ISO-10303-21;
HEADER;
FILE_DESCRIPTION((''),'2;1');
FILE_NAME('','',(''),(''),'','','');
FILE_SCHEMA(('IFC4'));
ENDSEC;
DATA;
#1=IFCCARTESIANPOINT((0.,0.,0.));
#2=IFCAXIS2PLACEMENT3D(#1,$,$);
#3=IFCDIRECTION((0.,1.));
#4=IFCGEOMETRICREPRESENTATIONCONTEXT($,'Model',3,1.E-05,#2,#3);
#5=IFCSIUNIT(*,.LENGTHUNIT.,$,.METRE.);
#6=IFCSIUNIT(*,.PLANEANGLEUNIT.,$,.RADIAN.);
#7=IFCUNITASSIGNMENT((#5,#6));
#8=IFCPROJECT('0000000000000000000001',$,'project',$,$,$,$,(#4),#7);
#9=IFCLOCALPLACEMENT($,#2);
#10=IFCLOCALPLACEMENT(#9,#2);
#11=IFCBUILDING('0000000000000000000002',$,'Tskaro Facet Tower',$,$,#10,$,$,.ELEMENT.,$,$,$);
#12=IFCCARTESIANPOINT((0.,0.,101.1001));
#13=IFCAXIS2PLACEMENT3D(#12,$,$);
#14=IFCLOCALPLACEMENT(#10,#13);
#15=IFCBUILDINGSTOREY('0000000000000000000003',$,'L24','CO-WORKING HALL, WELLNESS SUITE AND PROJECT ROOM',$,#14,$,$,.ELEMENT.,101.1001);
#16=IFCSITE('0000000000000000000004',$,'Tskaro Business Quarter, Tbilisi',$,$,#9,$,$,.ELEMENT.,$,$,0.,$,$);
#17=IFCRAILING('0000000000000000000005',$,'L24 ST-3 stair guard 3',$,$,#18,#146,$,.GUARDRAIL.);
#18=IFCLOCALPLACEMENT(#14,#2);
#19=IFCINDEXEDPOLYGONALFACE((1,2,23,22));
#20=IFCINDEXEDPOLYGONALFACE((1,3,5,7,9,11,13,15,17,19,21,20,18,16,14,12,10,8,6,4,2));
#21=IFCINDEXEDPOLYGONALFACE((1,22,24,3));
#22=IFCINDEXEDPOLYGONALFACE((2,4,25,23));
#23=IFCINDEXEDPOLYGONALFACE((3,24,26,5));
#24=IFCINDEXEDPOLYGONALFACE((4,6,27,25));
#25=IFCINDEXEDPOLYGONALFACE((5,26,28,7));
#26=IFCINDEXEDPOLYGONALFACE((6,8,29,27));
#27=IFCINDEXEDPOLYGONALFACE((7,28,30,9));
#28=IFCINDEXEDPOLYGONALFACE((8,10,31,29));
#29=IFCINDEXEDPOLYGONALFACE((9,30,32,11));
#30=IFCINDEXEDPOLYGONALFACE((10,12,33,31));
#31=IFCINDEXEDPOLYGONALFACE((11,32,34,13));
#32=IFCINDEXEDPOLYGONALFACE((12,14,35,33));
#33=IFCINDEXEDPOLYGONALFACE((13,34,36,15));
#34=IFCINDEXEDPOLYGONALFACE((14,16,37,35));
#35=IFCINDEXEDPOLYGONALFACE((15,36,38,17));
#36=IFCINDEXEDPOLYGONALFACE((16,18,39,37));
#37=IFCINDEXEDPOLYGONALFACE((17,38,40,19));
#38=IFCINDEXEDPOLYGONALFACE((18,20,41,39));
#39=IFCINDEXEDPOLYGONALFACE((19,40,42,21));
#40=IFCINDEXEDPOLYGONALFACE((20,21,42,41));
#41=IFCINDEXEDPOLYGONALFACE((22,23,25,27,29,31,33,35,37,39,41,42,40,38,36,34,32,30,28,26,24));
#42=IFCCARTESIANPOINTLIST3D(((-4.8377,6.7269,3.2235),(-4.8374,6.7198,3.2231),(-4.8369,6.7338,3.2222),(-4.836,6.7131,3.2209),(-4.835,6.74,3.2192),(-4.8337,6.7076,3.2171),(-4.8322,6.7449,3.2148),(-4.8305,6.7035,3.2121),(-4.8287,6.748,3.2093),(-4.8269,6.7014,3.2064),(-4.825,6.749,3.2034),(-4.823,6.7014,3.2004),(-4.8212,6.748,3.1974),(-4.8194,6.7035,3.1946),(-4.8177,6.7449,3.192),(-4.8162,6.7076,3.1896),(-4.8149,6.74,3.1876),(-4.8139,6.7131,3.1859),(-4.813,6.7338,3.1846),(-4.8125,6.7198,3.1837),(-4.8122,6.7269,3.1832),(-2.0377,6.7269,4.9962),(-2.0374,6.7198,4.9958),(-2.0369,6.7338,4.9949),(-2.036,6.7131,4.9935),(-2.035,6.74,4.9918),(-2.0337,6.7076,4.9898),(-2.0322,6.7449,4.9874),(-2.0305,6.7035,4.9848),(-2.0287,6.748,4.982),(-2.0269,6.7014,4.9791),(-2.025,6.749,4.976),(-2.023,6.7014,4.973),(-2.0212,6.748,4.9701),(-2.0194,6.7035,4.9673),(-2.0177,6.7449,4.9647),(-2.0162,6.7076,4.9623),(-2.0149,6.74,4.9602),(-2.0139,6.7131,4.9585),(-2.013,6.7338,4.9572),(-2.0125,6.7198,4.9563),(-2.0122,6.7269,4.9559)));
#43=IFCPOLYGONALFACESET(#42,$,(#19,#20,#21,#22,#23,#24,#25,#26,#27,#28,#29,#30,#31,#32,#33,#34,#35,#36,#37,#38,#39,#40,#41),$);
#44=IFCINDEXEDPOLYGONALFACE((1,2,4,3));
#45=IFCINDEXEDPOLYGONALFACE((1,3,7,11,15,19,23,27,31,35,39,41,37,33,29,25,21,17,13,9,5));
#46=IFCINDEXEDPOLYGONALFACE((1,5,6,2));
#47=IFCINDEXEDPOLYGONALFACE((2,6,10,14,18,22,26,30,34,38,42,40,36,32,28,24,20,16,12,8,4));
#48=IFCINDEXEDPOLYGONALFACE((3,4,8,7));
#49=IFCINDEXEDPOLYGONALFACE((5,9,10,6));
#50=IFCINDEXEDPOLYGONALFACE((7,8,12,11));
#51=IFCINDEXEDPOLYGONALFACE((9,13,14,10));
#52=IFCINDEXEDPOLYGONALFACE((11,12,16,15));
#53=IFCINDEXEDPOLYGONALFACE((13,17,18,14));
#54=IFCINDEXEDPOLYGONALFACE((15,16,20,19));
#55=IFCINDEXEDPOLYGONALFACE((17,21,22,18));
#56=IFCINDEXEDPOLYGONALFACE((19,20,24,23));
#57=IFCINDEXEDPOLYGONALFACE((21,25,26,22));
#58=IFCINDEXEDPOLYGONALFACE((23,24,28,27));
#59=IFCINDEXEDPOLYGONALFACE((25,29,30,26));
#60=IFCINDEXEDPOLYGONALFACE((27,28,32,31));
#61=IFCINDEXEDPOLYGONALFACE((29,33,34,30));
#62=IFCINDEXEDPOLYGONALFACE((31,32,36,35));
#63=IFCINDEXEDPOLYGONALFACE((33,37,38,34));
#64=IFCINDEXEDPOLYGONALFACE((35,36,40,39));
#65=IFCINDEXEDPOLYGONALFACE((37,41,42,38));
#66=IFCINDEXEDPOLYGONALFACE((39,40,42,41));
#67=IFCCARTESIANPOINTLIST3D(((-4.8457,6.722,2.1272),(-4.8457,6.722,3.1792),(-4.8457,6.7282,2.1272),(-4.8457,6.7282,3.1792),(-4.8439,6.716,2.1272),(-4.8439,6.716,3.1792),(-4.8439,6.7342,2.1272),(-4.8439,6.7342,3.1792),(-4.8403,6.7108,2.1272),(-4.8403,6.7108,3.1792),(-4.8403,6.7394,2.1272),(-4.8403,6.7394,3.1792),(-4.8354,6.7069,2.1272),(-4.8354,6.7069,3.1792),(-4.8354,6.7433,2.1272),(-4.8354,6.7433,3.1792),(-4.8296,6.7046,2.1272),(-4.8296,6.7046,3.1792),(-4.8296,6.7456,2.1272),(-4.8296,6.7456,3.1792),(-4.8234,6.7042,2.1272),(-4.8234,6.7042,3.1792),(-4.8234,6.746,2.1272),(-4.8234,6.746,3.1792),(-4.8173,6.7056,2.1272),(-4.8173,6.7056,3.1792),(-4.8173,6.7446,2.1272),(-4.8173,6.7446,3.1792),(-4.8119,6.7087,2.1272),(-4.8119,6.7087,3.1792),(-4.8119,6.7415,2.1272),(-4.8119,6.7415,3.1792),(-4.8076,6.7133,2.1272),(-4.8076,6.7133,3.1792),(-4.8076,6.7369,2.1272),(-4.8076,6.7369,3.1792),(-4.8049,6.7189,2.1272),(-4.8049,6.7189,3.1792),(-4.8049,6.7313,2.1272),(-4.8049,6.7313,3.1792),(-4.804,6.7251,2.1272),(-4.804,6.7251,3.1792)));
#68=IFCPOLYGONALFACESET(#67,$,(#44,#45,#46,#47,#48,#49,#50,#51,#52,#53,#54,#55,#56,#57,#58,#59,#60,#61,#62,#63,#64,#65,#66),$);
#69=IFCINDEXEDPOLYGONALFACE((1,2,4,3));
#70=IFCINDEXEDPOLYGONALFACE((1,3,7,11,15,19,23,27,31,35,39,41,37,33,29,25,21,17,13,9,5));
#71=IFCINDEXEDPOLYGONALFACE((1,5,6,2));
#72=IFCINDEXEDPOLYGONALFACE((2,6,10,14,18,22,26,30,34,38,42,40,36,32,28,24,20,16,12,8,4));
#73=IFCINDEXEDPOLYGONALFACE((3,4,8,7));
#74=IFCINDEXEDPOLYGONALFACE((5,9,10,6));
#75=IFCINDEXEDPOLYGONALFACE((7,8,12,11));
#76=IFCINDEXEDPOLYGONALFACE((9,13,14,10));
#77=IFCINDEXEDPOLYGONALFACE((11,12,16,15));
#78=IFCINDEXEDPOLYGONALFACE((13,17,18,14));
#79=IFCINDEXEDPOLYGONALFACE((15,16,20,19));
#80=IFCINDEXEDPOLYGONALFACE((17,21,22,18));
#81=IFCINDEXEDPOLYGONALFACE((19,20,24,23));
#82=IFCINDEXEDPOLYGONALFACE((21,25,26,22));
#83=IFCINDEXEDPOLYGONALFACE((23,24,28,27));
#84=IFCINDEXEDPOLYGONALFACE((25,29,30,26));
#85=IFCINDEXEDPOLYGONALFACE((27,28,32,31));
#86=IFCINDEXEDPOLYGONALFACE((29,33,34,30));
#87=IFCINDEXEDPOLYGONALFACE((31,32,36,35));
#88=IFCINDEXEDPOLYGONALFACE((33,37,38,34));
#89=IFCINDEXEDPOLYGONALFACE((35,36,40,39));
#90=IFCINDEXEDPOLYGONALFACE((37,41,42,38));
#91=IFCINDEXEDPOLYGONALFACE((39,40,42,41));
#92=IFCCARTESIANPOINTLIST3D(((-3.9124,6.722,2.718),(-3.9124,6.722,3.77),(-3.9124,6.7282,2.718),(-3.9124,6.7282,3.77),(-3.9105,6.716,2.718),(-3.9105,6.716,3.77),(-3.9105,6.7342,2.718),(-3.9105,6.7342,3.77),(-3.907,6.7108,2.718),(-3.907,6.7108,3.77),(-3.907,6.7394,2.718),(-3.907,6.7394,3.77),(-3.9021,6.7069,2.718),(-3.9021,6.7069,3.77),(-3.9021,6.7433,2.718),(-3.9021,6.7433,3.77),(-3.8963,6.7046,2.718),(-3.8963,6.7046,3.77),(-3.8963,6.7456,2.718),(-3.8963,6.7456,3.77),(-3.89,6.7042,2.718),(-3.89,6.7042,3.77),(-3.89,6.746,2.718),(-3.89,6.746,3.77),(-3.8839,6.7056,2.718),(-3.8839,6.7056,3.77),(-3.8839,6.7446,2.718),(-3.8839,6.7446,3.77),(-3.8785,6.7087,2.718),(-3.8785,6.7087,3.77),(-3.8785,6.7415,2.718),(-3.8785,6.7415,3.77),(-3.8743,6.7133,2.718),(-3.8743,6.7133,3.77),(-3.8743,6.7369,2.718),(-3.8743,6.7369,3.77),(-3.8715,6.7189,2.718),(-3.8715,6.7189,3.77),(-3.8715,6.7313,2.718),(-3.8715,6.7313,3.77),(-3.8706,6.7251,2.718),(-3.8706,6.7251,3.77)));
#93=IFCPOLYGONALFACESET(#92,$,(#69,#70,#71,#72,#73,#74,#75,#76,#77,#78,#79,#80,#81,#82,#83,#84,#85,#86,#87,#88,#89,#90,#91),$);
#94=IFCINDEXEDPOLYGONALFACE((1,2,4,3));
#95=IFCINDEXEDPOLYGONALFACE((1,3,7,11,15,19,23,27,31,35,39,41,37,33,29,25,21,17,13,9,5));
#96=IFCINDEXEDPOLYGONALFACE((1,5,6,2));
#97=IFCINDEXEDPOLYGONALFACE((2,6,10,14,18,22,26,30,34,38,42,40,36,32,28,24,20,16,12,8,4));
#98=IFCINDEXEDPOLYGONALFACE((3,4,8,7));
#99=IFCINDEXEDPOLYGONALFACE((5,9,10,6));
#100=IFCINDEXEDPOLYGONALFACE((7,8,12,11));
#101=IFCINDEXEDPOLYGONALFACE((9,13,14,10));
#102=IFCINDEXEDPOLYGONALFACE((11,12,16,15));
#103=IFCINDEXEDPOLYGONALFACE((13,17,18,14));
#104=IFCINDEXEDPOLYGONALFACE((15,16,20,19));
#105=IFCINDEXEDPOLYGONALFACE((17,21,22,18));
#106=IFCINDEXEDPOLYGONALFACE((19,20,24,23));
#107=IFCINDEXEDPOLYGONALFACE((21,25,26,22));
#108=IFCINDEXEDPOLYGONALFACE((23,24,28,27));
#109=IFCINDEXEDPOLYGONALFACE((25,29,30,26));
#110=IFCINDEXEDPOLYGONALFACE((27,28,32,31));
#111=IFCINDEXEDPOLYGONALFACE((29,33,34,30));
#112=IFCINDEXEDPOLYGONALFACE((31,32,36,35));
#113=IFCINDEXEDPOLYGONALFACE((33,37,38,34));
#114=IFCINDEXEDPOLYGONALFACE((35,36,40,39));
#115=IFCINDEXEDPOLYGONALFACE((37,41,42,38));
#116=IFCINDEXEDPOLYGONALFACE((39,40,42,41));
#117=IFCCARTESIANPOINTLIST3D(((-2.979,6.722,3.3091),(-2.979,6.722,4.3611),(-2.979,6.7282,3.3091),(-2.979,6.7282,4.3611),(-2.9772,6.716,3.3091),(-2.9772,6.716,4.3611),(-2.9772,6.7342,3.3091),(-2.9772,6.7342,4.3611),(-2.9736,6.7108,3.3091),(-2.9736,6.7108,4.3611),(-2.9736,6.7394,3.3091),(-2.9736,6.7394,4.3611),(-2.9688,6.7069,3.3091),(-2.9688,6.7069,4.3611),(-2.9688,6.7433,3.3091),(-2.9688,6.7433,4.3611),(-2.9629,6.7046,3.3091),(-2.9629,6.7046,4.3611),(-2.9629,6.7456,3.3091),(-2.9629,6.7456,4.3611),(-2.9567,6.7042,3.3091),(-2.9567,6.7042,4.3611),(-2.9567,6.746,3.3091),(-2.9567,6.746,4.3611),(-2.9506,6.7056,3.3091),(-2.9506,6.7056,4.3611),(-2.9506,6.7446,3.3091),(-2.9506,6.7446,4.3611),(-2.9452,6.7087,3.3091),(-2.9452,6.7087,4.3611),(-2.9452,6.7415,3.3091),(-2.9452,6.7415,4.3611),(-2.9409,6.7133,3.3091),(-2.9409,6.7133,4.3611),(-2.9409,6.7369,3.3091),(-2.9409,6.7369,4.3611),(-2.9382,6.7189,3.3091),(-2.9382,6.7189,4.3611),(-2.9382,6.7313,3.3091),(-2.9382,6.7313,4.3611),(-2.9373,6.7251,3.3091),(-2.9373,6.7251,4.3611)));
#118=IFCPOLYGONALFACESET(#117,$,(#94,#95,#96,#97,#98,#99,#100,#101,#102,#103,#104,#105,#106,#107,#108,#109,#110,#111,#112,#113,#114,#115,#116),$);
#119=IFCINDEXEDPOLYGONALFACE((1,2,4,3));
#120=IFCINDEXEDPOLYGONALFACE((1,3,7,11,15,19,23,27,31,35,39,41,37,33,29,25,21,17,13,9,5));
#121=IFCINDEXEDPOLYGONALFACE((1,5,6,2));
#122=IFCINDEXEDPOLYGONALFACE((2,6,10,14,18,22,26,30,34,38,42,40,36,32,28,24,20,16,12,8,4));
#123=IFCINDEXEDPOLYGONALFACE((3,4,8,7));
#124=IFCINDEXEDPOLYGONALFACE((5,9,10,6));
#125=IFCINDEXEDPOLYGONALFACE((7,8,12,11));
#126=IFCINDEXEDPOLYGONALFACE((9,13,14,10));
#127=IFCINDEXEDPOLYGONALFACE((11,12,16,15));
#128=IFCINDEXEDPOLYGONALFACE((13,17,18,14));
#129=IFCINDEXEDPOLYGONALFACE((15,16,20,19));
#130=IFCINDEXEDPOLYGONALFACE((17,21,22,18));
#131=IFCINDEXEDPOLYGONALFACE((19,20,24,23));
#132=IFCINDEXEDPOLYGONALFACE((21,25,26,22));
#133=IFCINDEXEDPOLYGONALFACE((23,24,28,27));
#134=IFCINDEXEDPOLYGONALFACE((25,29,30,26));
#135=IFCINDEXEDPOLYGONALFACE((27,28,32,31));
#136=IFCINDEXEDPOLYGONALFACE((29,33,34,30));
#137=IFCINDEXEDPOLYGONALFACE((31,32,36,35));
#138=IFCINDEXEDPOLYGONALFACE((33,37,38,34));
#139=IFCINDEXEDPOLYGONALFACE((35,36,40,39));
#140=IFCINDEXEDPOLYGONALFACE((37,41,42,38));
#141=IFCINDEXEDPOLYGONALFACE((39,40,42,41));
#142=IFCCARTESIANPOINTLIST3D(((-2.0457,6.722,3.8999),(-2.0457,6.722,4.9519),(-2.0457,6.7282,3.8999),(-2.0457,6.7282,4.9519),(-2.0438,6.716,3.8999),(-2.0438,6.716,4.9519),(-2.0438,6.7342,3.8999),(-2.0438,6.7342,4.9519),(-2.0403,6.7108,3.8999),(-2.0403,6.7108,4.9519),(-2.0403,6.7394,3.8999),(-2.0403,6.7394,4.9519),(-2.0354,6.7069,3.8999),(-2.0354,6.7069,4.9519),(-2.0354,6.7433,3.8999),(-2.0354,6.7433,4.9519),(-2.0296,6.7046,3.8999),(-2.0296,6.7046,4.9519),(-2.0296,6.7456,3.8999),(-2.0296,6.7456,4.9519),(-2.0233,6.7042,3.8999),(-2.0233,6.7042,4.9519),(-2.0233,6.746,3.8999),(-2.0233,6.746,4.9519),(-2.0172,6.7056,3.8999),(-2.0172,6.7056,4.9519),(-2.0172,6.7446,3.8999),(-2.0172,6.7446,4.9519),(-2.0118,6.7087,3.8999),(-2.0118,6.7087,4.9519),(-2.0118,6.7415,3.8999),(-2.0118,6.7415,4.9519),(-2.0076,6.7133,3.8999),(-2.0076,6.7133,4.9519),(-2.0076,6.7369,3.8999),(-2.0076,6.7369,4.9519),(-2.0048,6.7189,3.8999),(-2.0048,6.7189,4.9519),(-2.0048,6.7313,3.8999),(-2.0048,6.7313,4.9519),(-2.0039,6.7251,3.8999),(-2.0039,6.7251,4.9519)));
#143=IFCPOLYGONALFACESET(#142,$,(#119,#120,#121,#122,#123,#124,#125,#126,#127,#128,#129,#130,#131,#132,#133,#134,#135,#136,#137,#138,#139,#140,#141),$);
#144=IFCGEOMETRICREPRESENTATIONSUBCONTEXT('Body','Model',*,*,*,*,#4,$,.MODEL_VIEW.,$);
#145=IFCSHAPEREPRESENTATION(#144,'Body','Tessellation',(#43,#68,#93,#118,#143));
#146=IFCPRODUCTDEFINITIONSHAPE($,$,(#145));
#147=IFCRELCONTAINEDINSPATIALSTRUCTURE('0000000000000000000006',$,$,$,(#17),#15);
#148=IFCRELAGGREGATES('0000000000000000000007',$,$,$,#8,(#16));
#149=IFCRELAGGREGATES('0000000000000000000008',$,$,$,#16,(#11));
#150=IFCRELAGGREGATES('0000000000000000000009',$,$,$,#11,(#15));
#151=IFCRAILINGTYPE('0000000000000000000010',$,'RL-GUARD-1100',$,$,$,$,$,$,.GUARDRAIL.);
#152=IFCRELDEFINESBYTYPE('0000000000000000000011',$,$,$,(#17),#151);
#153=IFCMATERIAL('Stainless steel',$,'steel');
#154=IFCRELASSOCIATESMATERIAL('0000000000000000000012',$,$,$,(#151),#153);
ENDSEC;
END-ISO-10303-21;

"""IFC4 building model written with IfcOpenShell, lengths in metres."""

from ifc_helpers import new_model, si_unit, direction, frame, origin, origin_2d, place, context, subcontext, project, spatial, circle, extrude, material, type_object, element, save


model = new_model("IFC4")

# Units and contexts
model_context = context("Model", 3, precision=1e-05, world=origin(), true_north=direction((0.0, 1.0)))
body_context = subcontext(model_context, "Body", "Model", "MODEL_VIEW")
ifc_project = project(units=[si_unit("LENGTHUNIT", "METRE"), si_unit("PLANEANGLEUNIT", "RADIAN")], contexts=[model_context])

# Site, building, storey
site_placement = place(None, origin())
site = spatial("IfcSite", under=ifc_project, at=site_placement, Name="Tskaro Business Quarter, Tbilisi", CompositionType="ELEMENT", RefElevation=0.0)
building_placement = place(site_placement, origin())
building = spatial("IfcBuilding", under=site, at=building_placement, Name="Tskaro Facet Tower", CompositionType="ELEMENT")
storey_placement = place(building_placement, frame((0.0, 0.0, 101.1001)))
storey = spatial("IfcBuildingStorey", under=building, at=storey_placement, Name="L24", Description="CO-WORKING HALL, WELLNESS SUITE AND PROJECT ROOM", CompositionType="ELEMENT", Elevation=101.1001)

# Railing
ifc_material_1 = material(Name="Stainless steel", Category="steel")
railing_type_1 = type_object("IfcRailingType", Name="RL-GUARD-1100", PredefinedType="GUARDRAIL", material=ifc_material_1)
railing_1_placement = place(storey_placement, frame((-4.825, 6.7251, 2.1272)))
element("IfcRailing", 1, at=railing_1_placement, inside=storey, type_object=railing_type_1, Name="L24 ST-3 stair guard 3", PredefinedType="GUARDRAIL", context=body_context, shape_type="SweptSolid", body=[
    extrude(circle(Radius=0.0239, at=origin_2d()), frame((0.0, 0.0, 1.0762), z_axis=(0.844909, 0.0, 0.53491), x_axis=(0.0, 1.0, 0.0)), (0.0, 0.0, 1.0), 3.314),
    extrude(circle(Radius=0.021, at=origin_2d()), origin(), (0.0, 0.0, 1.0), 1.052),
    extrude(circle(Radius=0.021, at=origin_2d()), frame((0.9333, 0.0, 0.5908)), (0.0, 0.0, 1.0), 1.052),
    extrude(circle(Radius=0.021, at=origin_2d()), frame((1.8667, 0.0, 1.1819)), (0.0, 0.0, 1.0), 1.052),
    extrude(circle(Radius=0.021, at=origin_2d()), frame((2.8, 0.0, 1.7727)), (0.0, 0.0, 1.0), 1.052),
])

save(model, "model.ifc")
